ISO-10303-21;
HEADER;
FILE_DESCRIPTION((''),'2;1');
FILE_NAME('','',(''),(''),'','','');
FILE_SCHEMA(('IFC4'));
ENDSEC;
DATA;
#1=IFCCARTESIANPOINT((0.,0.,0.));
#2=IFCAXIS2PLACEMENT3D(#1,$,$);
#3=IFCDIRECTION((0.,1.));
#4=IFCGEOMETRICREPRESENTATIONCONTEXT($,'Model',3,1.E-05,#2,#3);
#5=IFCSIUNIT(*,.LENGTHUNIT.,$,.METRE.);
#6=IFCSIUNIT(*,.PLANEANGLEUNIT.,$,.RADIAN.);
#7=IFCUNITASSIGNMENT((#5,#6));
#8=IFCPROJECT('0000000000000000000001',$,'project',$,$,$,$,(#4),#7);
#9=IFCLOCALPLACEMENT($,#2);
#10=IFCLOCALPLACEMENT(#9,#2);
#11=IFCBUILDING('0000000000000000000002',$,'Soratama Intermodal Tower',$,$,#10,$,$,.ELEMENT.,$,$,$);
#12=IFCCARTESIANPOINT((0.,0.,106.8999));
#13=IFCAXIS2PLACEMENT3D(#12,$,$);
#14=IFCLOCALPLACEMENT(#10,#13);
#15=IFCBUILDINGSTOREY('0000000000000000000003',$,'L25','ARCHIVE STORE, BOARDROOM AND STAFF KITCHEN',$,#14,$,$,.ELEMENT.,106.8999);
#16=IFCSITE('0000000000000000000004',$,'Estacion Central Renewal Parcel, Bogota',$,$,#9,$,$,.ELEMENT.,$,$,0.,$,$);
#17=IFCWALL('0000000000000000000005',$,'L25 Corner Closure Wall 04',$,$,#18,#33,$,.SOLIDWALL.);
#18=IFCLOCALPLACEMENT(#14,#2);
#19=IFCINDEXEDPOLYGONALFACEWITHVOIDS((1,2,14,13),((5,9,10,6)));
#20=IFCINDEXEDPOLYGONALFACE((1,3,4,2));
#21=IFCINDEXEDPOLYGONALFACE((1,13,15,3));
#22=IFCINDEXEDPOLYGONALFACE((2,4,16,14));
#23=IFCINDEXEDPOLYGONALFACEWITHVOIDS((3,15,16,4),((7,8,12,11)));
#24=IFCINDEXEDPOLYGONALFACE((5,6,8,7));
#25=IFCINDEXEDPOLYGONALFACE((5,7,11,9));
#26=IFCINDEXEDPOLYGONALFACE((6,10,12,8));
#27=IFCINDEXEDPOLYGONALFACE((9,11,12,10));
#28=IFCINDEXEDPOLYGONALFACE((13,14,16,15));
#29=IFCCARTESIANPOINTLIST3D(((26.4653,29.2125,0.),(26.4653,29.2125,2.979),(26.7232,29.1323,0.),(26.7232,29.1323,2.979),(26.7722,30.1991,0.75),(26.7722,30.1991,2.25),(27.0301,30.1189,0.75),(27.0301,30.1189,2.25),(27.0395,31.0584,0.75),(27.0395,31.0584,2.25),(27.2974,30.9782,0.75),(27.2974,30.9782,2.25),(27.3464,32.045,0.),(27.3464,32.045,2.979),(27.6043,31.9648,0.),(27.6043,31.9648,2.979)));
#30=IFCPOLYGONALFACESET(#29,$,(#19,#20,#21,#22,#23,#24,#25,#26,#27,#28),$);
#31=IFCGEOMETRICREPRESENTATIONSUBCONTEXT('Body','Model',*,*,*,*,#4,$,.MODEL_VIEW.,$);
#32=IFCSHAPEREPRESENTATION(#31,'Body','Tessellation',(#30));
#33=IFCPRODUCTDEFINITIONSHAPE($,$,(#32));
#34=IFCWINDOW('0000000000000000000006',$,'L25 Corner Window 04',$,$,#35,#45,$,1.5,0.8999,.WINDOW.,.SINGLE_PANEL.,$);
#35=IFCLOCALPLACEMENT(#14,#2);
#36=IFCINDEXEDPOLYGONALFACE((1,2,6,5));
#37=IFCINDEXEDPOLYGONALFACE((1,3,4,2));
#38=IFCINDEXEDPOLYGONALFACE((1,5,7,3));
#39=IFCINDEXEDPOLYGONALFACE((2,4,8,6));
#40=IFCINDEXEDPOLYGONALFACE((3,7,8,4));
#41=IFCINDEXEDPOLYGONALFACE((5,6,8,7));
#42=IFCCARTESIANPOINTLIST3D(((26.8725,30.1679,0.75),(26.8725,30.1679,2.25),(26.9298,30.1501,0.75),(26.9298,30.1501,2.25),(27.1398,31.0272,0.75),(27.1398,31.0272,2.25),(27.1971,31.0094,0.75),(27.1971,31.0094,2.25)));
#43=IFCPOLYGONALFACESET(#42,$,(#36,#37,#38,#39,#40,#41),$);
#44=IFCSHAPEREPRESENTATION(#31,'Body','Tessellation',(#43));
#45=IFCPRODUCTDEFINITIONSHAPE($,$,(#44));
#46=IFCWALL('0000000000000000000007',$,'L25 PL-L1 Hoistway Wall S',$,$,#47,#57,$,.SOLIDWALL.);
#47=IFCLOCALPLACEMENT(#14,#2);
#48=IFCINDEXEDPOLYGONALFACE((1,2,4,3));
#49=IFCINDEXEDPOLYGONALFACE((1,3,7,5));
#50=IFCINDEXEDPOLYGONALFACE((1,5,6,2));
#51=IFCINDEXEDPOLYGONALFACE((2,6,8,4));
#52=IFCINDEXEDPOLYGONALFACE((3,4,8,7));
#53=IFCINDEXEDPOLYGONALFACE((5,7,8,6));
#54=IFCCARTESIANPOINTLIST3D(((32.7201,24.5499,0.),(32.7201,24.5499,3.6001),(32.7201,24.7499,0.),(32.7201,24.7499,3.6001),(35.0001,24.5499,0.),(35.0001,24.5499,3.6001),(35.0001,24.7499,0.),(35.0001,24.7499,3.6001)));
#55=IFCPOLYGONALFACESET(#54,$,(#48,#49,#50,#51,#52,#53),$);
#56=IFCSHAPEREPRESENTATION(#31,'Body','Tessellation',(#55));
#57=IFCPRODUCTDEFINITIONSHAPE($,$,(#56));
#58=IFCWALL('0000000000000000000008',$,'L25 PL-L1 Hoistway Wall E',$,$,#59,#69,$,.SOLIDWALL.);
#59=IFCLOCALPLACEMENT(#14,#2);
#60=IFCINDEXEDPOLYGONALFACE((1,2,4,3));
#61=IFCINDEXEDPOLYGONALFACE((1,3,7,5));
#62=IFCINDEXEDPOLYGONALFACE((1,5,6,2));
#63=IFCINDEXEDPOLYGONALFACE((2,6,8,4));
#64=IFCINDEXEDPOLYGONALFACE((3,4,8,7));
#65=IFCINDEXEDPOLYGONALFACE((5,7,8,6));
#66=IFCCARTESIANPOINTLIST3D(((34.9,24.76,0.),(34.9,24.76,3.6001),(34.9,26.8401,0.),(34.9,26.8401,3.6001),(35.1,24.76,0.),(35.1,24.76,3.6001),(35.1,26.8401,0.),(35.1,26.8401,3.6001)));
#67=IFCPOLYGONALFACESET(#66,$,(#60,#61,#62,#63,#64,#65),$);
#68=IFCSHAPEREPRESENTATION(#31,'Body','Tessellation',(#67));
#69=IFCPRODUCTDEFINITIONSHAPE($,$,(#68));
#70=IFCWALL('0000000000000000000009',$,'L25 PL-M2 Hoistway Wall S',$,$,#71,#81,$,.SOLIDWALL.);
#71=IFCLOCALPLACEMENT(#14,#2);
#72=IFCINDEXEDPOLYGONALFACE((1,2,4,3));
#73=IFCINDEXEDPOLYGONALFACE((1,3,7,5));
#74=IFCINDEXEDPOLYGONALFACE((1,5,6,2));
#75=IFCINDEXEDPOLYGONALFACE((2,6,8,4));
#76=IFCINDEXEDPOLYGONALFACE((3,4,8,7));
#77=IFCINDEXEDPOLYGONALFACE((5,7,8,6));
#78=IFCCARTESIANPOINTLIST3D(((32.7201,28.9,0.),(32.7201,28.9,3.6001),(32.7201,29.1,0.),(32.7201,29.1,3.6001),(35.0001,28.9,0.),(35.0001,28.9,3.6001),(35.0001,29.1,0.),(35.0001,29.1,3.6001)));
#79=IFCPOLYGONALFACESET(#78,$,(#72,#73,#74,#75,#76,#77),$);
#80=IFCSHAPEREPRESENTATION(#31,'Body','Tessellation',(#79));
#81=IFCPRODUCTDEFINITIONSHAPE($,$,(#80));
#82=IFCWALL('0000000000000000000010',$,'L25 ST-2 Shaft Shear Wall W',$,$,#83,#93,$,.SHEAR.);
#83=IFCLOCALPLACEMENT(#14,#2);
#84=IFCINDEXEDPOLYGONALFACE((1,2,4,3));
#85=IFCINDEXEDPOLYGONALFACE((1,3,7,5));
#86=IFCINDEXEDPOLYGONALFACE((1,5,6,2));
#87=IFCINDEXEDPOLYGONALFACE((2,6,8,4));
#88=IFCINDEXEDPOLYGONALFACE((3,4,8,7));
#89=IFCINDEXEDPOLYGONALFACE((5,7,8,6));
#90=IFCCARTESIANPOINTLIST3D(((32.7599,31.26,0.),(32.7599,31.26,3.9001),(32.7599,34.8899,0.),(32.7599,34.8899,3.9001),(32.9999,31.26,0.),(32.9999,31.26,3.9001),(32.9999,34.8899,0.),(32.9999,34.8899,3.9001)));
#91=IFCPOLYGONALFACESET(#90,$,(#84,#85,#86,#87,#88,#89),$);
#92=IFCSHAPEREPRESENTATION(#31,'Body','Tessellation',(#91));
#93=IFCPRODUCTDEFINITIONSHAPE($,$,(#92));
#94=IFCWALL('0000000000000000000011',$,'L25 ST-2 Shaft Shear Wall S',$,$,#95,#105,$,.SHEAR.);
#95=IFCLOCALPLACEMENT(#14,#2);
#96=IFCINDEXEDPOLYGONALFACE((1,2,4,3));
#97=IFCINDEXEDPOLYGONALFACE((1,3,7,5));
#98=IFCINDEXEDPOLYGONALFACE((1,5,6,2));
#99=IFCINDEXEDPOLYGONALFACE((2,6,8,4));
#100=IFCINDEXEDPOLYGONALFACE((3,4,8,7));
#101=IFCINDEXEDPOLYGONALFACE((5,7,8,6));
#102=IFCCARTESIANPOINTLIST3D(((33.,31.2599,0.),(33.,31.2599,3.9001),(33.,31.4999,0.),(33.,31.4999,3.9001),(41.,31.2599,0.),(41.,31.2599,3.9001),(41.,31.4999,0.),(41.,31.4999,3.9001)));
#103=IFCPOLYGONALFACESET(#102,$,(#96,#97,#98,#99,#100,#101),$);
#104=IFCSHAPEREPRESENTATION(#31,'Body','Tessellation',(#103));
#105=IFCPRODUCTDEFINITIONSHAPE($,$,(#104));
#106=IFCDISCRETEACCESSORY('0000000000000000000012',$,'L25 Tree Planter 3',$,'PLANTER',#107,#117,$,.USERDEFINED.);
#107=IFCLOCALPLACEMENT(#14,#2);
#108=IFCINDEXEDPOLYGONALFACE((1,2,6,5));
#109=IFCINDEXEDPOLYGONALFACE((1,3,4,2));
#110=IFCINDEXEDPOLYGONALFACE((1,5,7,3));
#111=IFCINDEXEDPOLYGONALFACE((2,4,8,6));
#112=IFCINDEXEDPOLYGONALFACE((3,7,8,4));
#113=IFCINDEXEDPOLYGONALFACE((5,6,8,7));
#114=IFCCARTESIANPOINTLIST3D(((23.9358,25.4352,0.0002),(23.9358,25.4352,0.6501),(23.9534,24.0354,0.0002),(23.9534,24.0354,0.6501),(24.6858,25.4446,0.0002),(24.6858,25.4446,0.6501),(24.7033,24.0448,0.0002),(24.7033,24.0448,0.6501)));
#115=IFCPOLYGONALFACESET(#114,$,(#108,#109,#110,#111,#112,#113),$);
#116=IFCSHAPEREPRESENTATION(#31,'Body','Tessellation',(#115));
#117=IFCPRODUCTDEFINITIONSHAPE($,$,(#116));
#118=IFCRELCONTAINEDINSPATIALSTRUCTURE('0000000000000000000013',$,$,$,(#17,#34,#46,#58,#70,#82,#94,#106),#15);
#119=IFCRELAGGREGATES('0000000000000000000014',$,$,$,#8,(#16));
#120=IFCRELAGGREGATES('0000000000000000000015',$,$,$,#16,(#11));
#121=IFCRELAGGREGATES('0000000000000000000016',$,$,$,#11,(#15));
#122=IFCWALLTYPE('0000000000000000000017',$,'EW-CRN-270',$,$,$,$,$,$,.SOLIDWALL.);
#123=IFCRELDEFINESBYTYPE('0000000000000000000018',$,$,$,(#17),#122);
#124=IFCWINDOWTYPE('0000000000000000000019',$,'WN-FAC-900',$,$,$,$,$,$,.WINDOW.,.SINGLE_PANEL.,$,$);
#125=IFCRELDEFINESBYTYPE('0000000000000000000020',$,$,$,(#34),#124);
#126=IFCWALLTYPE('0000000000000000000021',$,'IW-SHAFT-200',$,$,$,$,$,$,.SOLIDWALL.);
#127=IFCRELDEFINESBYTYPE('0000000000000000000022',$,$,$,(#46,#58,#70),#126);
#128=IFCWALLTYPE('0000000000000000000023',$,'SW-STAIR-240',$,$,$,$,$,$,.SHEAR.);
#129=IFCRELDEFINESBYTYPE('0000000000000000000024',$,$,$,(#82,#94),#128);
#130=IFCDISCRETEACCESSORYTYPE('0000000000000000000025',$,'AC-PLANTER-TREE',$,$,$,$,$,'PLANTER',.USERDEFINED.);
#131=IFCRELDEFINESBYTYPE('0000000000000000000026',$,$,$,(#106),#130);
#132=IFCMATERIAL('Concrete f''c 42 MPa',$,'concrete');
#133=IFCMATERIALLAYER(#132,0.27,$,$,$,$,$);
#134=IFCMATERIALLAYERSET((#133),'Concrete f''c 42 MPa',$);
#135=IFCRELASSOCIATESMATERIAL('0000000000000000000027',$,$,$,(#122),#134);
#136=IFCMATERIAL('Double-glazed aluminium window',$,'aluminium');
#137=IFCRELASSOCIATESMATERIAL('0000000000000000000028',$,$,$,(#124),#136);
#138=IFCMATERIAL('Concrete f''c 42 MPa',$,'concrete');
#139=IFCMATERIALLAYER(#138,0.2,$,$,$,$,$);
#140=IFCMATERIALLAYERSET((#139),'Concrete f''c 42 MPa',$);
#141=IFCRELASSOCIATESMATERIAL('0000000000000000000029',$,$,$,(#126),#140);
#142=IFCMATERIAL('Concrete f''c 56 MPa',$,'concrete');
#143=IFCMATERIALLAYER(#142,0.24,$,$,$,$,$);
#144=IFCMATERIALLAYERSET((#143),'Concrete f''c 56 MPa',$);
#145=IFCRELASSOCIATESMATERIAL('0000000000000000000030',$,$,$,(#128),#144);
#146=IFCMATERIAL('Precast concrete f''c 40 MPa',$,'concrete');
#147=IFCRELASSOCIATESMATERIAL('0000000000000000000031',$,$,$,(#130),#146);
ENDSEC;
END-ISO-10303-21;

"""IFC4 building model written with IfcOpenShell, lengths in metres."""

from ifc_helpers import new_model, si_unit, direction, frame, frame_2d, origin, origin_2d, place, context, subcontext, project, spatial, rectangle, extrude, material, layer, layer_set, type_object, element, fill, save


model = new_model("IFC4")

# Units and contexts
model_context = context("Model", 3, precision=1e-05, world=origin(), true_north=direction((0.0, 1.0)))
body_context = subcontext(model_context, "Body", "Model", "MODEL_VIEW")
ifc_project = project(units=[si_unit("LENGTHUNIT", "METRE"), si_unit("PLANEANGLEUNIT", "RADIAN")], contexts=[model_context])

# Site, building, storey
site_placement = place(None, origin())
site = spatial("IfcSite", under=ifc_project, at=site_placement, Name="Estacion Central Renewal Parcel, Bogota", CompositionType="ELEMENT", RefElevation=0.0)
building_placement = place(site_placement, origin())
building = spatial("IfcBuilding", under=site, at=building_placement, Name="Soratama Intermodal Tower", CompositionType="ELEMENT")
storey_placement = place(building_placement, frame((0.0, 0.0, 106.8999)))
storey = spatial("IfcBuildingStorey", under=building, at=storey_placement, Name="L25", Description="ARCHIVE STORE, BOARDROOM AND STAFF KITCHEN", CompositionType="ELEMENT", Elevation=106.8999)

# Wall, opening, window
ifc_material_1 = material(Name="Concrete f'c 42 MPa", Category="concrete")
ifc_layer_1 = layer(ifc_material_1, 0.27)
ifc_layer_set_1 = layer_set([ifc_layer_1], Name="Concrete f'c 42 MPa")
wall_type_1 = type_object("IfcWallType", Name="EW-CRN-270", PredefinedType="SOLIDWALL", material=ifc_layer_set_1)
wall_1_placement = place(storey_placement, frame((27.4753, 32.0049, 0.0), z_axis=(0.0, 0.0, 1.0), x_axis=(-0.297028, -0.954869, 0.0)))
wall_1 = element("IfcWall", 1, at=wall_1_placement, inside=storey, type_object=wall_type_1, Name="L25 Corner Closure Wall 04", PredefinedType="SOLIDWALL", context=body_context, shape_type="SweptSolid", body=[
    extrude(rectangle(XDim=2.9663, YDim=0.27, at=frame_2d((1.4832, 0.0))), origin(), (0.0, 0.0, 1.0), 2.979),
])
opening_1_placement = place(wall_1_placement, frame((1.0332, 0.0, 0.75)))
opening_1 = element("IfcOpeningElement", 2, at=opening_1_placement, cuts=wall_1, PredefinedType="OPENING", context=body_context, shape_type="SweptSolid", body=[
    extrude(rectangle(XDim=0.8999, YDim=1.5, at=frame_2d((0.45, 0.75))), frame((0.0, 0.145, 0.0), z_axis=(0.0, -1.0, 0.0), x_axis=(1.0, 0.0, 0.0)), (0.0, 0.0, 1.0), 0.29),
])
ifc_material_2 = material(Name="Double-glazed aluminium window", Category="aluminium")
window_type_1 = type_object("IfcWindowType", Name="WN-FAC-900", PartitioningType="SINGLE_PANEL", PredefinedType="WINDOW", material=ifc_material_2)
window_1_placement = place(opening_1_placement, origin())
window_1 = element("IfcWindow", 3, at=window_1_placement, inside=storey, type_object=window_type_1, Name="L25 Corner Window 04", OverallHeight=1.5, OverallWidth=0.8999, PartitioningType="SINGLE_PANEL", PredefinedType="WINDOW", context=body_context, shape_type="SweptSolid", body=[
    extrude(rectangle(XDim=0.8999, YDim=1.5, at=frame_2d((0.45, 0.75))), frame((0.0, 0.03, 0.0), z_axis=(0.0, -1.0, 0.0), x_axis=(1.0, 0.0, 0.0)), (0.0, 0.0, 1.0), 0.0601),
])
fill(opening_1, window_1)

# Wall
ifc_material_3 = material(Name="Concrete f'c 42 MPa", Category="concrete")
ifc_layer_2 = layer(ifc_material_3, 0.2)
ifc_layer_set_2 = layer_set([ifc_layer_2], Name="Concrete f'c 42 MPa")
wall_type_2 = type_object("IfcWallType", Name="IW-SHAFT-200", PredefinedType="SOLIDWALL", material=ifc_layer_set_2)
wall_2_placement = place(storey_placement, frame((32.72, 24.6499, 0.0), z_axis=(0.0, 0.0, 1.0), x_axis=(1.0, 0.0, 0.0)))
element("IfcWall", 4, at=wall_2_placement, inside=storey, type_object=wall_type_2, Name="L25 PL-L1 Hoistway Wall S", PredefinedType="SOLIDWALL", context=body_context, shape_type="SweptSolid", body=[
    extrude(rectangle(XDim=2.28, YDim=0.2, at=frame_2d((1.1401, 0.0))), origin(), (0.0, 0.0, 1.0), 3.6001),
])

# Walls
wall_3_placement = place(storey_placement, frame((35.0, 24.76, 0.0), z_axis=(0.0, 0.0, 1.0), x_axis=(0.0, 1.0, 0.0)))
element("IfcWall", 5, at=wall_3_placement, inside=storey, type_object=wall_type_2, Name="L25 PL-L1 Hoistway Wall E", PredefinedType="SOLIDWALL", context=body_context, shape_type="SweptSolid", body=[
    extrude(rectangle(XDim=2.0801, YDim=0.2, at=frame_2d((1.04, 0.0))), origin(), (0.0, 0.0, 1.0), 3.6001),
])
wall_4_placement = place(storey_placement, frame((32.72, 29.0, 0.0), z_axis=(0.0, 0.0, 1.0), x_axis=(1.0, 0.0, 0.0)))
element("IfcWall", 6, at=wall_4_placement, inside=storey, type_object=wall_type_2, Name="L25 PL-M2 Hoistway Wall S", PredefinedType="SOLIDWALL", context=body_context, shape_type="SweptSolid", body=[
    extrude(rectangle(XDim=2.28, YDim=0.2, at=frame_2d((1.1401, 0.0))), origin(), (0.0, 0.0, 1.0), 3.6001),
])
ifc_material_4 = material(Name="Concrete f'c 56 MPa", Category="concrete")
ifc_layer_3 = layer(ifc_material_4, 0.24)
ifc_layer_set_3 = layer_set([ifc_layer_3], Name="Concrete f'c 56 MPa")
wall_type_3 = type_object("IfcWallType", Name="SW-STAIR-240", PredefinedType="SHEAR", material=ifc_layer_set_3)
wall_5_placement = place(storey_placement, frame((32.8799, 31.26, 0.0), z_axis=(0.0, 0.0, 1.0), x_axis=(0.0, 1.0, 0.0)))
element("IfcWall", 7, at=wall_5_placement, inside=storey, type_object=wall_type_3, Name="L25 ST-2 Shaft Shear Wall W", PredefinedType="SHEAR", context=body_context, shape_type="SweptSolid", body=[
    extrude(rectangle(XDim=3.6299, YDim=0.24, at=frame_2d((1.8149, 0.0))), origin(), (0.0, 0.0, 1.0), 3.9001),
])
wall_6_placement = place(storey_placement, frame((33.0, 31.3799, 0.0), z_axis=(0.0, 0.0, 1.0), x_axis=(1.0, 0.0, 0.0)))
element("IfcWall", 8, at=wall_6_placement, inside=storey, type_object=wall_type_3, Name="L25 ST-2 Shaft Shear Wall S", PredefinedType="SHEAR", context=body_context, shape_type="SweptSolid", body=[
    extrude(rectangle(XDim=8.0, YDim=0.24, at=frame_2d((4.0, 0.0))), origin(), (0.0, 0.0, 1.0), 3.9001),
])

# Discrete accessory
ifc_material_5 = material(Name="Precast concrete f'c 40 MPa", Category="concrete")
discrete_accessory_type = type_object("IfcDiscreteAccessoryType", Name="AC-PLANTER-TREE", ElementType="PLANTER", PredefinedType="USERDEFINED", material=ifc_material_5)
discrete_accessory_placement = place(storey_placement, frame((24.3196, 24.74, 0.0002), z_axis=(0.0, 0.0, 1.0), x_axis=(-0.999921, -0.012566, 0.0)))
element("IfcDiscreteAccessory", 9, at=discrete_accessory_placement, inside=storey, type_object=discrete_accessory_type, Name="L25 Tree Planter 3", ObjectType="PLANTER", PredefinedType="USERDEFINED", context=body_context, shape_type="SweptSolid", body=[
    extrude(rectangle(XDim=0.75, YDim=1.3999, at=origin_2d()), origin(), (0.0, 0.0, 1.0), 0.6499),
])

save(model, "model.ifc")
